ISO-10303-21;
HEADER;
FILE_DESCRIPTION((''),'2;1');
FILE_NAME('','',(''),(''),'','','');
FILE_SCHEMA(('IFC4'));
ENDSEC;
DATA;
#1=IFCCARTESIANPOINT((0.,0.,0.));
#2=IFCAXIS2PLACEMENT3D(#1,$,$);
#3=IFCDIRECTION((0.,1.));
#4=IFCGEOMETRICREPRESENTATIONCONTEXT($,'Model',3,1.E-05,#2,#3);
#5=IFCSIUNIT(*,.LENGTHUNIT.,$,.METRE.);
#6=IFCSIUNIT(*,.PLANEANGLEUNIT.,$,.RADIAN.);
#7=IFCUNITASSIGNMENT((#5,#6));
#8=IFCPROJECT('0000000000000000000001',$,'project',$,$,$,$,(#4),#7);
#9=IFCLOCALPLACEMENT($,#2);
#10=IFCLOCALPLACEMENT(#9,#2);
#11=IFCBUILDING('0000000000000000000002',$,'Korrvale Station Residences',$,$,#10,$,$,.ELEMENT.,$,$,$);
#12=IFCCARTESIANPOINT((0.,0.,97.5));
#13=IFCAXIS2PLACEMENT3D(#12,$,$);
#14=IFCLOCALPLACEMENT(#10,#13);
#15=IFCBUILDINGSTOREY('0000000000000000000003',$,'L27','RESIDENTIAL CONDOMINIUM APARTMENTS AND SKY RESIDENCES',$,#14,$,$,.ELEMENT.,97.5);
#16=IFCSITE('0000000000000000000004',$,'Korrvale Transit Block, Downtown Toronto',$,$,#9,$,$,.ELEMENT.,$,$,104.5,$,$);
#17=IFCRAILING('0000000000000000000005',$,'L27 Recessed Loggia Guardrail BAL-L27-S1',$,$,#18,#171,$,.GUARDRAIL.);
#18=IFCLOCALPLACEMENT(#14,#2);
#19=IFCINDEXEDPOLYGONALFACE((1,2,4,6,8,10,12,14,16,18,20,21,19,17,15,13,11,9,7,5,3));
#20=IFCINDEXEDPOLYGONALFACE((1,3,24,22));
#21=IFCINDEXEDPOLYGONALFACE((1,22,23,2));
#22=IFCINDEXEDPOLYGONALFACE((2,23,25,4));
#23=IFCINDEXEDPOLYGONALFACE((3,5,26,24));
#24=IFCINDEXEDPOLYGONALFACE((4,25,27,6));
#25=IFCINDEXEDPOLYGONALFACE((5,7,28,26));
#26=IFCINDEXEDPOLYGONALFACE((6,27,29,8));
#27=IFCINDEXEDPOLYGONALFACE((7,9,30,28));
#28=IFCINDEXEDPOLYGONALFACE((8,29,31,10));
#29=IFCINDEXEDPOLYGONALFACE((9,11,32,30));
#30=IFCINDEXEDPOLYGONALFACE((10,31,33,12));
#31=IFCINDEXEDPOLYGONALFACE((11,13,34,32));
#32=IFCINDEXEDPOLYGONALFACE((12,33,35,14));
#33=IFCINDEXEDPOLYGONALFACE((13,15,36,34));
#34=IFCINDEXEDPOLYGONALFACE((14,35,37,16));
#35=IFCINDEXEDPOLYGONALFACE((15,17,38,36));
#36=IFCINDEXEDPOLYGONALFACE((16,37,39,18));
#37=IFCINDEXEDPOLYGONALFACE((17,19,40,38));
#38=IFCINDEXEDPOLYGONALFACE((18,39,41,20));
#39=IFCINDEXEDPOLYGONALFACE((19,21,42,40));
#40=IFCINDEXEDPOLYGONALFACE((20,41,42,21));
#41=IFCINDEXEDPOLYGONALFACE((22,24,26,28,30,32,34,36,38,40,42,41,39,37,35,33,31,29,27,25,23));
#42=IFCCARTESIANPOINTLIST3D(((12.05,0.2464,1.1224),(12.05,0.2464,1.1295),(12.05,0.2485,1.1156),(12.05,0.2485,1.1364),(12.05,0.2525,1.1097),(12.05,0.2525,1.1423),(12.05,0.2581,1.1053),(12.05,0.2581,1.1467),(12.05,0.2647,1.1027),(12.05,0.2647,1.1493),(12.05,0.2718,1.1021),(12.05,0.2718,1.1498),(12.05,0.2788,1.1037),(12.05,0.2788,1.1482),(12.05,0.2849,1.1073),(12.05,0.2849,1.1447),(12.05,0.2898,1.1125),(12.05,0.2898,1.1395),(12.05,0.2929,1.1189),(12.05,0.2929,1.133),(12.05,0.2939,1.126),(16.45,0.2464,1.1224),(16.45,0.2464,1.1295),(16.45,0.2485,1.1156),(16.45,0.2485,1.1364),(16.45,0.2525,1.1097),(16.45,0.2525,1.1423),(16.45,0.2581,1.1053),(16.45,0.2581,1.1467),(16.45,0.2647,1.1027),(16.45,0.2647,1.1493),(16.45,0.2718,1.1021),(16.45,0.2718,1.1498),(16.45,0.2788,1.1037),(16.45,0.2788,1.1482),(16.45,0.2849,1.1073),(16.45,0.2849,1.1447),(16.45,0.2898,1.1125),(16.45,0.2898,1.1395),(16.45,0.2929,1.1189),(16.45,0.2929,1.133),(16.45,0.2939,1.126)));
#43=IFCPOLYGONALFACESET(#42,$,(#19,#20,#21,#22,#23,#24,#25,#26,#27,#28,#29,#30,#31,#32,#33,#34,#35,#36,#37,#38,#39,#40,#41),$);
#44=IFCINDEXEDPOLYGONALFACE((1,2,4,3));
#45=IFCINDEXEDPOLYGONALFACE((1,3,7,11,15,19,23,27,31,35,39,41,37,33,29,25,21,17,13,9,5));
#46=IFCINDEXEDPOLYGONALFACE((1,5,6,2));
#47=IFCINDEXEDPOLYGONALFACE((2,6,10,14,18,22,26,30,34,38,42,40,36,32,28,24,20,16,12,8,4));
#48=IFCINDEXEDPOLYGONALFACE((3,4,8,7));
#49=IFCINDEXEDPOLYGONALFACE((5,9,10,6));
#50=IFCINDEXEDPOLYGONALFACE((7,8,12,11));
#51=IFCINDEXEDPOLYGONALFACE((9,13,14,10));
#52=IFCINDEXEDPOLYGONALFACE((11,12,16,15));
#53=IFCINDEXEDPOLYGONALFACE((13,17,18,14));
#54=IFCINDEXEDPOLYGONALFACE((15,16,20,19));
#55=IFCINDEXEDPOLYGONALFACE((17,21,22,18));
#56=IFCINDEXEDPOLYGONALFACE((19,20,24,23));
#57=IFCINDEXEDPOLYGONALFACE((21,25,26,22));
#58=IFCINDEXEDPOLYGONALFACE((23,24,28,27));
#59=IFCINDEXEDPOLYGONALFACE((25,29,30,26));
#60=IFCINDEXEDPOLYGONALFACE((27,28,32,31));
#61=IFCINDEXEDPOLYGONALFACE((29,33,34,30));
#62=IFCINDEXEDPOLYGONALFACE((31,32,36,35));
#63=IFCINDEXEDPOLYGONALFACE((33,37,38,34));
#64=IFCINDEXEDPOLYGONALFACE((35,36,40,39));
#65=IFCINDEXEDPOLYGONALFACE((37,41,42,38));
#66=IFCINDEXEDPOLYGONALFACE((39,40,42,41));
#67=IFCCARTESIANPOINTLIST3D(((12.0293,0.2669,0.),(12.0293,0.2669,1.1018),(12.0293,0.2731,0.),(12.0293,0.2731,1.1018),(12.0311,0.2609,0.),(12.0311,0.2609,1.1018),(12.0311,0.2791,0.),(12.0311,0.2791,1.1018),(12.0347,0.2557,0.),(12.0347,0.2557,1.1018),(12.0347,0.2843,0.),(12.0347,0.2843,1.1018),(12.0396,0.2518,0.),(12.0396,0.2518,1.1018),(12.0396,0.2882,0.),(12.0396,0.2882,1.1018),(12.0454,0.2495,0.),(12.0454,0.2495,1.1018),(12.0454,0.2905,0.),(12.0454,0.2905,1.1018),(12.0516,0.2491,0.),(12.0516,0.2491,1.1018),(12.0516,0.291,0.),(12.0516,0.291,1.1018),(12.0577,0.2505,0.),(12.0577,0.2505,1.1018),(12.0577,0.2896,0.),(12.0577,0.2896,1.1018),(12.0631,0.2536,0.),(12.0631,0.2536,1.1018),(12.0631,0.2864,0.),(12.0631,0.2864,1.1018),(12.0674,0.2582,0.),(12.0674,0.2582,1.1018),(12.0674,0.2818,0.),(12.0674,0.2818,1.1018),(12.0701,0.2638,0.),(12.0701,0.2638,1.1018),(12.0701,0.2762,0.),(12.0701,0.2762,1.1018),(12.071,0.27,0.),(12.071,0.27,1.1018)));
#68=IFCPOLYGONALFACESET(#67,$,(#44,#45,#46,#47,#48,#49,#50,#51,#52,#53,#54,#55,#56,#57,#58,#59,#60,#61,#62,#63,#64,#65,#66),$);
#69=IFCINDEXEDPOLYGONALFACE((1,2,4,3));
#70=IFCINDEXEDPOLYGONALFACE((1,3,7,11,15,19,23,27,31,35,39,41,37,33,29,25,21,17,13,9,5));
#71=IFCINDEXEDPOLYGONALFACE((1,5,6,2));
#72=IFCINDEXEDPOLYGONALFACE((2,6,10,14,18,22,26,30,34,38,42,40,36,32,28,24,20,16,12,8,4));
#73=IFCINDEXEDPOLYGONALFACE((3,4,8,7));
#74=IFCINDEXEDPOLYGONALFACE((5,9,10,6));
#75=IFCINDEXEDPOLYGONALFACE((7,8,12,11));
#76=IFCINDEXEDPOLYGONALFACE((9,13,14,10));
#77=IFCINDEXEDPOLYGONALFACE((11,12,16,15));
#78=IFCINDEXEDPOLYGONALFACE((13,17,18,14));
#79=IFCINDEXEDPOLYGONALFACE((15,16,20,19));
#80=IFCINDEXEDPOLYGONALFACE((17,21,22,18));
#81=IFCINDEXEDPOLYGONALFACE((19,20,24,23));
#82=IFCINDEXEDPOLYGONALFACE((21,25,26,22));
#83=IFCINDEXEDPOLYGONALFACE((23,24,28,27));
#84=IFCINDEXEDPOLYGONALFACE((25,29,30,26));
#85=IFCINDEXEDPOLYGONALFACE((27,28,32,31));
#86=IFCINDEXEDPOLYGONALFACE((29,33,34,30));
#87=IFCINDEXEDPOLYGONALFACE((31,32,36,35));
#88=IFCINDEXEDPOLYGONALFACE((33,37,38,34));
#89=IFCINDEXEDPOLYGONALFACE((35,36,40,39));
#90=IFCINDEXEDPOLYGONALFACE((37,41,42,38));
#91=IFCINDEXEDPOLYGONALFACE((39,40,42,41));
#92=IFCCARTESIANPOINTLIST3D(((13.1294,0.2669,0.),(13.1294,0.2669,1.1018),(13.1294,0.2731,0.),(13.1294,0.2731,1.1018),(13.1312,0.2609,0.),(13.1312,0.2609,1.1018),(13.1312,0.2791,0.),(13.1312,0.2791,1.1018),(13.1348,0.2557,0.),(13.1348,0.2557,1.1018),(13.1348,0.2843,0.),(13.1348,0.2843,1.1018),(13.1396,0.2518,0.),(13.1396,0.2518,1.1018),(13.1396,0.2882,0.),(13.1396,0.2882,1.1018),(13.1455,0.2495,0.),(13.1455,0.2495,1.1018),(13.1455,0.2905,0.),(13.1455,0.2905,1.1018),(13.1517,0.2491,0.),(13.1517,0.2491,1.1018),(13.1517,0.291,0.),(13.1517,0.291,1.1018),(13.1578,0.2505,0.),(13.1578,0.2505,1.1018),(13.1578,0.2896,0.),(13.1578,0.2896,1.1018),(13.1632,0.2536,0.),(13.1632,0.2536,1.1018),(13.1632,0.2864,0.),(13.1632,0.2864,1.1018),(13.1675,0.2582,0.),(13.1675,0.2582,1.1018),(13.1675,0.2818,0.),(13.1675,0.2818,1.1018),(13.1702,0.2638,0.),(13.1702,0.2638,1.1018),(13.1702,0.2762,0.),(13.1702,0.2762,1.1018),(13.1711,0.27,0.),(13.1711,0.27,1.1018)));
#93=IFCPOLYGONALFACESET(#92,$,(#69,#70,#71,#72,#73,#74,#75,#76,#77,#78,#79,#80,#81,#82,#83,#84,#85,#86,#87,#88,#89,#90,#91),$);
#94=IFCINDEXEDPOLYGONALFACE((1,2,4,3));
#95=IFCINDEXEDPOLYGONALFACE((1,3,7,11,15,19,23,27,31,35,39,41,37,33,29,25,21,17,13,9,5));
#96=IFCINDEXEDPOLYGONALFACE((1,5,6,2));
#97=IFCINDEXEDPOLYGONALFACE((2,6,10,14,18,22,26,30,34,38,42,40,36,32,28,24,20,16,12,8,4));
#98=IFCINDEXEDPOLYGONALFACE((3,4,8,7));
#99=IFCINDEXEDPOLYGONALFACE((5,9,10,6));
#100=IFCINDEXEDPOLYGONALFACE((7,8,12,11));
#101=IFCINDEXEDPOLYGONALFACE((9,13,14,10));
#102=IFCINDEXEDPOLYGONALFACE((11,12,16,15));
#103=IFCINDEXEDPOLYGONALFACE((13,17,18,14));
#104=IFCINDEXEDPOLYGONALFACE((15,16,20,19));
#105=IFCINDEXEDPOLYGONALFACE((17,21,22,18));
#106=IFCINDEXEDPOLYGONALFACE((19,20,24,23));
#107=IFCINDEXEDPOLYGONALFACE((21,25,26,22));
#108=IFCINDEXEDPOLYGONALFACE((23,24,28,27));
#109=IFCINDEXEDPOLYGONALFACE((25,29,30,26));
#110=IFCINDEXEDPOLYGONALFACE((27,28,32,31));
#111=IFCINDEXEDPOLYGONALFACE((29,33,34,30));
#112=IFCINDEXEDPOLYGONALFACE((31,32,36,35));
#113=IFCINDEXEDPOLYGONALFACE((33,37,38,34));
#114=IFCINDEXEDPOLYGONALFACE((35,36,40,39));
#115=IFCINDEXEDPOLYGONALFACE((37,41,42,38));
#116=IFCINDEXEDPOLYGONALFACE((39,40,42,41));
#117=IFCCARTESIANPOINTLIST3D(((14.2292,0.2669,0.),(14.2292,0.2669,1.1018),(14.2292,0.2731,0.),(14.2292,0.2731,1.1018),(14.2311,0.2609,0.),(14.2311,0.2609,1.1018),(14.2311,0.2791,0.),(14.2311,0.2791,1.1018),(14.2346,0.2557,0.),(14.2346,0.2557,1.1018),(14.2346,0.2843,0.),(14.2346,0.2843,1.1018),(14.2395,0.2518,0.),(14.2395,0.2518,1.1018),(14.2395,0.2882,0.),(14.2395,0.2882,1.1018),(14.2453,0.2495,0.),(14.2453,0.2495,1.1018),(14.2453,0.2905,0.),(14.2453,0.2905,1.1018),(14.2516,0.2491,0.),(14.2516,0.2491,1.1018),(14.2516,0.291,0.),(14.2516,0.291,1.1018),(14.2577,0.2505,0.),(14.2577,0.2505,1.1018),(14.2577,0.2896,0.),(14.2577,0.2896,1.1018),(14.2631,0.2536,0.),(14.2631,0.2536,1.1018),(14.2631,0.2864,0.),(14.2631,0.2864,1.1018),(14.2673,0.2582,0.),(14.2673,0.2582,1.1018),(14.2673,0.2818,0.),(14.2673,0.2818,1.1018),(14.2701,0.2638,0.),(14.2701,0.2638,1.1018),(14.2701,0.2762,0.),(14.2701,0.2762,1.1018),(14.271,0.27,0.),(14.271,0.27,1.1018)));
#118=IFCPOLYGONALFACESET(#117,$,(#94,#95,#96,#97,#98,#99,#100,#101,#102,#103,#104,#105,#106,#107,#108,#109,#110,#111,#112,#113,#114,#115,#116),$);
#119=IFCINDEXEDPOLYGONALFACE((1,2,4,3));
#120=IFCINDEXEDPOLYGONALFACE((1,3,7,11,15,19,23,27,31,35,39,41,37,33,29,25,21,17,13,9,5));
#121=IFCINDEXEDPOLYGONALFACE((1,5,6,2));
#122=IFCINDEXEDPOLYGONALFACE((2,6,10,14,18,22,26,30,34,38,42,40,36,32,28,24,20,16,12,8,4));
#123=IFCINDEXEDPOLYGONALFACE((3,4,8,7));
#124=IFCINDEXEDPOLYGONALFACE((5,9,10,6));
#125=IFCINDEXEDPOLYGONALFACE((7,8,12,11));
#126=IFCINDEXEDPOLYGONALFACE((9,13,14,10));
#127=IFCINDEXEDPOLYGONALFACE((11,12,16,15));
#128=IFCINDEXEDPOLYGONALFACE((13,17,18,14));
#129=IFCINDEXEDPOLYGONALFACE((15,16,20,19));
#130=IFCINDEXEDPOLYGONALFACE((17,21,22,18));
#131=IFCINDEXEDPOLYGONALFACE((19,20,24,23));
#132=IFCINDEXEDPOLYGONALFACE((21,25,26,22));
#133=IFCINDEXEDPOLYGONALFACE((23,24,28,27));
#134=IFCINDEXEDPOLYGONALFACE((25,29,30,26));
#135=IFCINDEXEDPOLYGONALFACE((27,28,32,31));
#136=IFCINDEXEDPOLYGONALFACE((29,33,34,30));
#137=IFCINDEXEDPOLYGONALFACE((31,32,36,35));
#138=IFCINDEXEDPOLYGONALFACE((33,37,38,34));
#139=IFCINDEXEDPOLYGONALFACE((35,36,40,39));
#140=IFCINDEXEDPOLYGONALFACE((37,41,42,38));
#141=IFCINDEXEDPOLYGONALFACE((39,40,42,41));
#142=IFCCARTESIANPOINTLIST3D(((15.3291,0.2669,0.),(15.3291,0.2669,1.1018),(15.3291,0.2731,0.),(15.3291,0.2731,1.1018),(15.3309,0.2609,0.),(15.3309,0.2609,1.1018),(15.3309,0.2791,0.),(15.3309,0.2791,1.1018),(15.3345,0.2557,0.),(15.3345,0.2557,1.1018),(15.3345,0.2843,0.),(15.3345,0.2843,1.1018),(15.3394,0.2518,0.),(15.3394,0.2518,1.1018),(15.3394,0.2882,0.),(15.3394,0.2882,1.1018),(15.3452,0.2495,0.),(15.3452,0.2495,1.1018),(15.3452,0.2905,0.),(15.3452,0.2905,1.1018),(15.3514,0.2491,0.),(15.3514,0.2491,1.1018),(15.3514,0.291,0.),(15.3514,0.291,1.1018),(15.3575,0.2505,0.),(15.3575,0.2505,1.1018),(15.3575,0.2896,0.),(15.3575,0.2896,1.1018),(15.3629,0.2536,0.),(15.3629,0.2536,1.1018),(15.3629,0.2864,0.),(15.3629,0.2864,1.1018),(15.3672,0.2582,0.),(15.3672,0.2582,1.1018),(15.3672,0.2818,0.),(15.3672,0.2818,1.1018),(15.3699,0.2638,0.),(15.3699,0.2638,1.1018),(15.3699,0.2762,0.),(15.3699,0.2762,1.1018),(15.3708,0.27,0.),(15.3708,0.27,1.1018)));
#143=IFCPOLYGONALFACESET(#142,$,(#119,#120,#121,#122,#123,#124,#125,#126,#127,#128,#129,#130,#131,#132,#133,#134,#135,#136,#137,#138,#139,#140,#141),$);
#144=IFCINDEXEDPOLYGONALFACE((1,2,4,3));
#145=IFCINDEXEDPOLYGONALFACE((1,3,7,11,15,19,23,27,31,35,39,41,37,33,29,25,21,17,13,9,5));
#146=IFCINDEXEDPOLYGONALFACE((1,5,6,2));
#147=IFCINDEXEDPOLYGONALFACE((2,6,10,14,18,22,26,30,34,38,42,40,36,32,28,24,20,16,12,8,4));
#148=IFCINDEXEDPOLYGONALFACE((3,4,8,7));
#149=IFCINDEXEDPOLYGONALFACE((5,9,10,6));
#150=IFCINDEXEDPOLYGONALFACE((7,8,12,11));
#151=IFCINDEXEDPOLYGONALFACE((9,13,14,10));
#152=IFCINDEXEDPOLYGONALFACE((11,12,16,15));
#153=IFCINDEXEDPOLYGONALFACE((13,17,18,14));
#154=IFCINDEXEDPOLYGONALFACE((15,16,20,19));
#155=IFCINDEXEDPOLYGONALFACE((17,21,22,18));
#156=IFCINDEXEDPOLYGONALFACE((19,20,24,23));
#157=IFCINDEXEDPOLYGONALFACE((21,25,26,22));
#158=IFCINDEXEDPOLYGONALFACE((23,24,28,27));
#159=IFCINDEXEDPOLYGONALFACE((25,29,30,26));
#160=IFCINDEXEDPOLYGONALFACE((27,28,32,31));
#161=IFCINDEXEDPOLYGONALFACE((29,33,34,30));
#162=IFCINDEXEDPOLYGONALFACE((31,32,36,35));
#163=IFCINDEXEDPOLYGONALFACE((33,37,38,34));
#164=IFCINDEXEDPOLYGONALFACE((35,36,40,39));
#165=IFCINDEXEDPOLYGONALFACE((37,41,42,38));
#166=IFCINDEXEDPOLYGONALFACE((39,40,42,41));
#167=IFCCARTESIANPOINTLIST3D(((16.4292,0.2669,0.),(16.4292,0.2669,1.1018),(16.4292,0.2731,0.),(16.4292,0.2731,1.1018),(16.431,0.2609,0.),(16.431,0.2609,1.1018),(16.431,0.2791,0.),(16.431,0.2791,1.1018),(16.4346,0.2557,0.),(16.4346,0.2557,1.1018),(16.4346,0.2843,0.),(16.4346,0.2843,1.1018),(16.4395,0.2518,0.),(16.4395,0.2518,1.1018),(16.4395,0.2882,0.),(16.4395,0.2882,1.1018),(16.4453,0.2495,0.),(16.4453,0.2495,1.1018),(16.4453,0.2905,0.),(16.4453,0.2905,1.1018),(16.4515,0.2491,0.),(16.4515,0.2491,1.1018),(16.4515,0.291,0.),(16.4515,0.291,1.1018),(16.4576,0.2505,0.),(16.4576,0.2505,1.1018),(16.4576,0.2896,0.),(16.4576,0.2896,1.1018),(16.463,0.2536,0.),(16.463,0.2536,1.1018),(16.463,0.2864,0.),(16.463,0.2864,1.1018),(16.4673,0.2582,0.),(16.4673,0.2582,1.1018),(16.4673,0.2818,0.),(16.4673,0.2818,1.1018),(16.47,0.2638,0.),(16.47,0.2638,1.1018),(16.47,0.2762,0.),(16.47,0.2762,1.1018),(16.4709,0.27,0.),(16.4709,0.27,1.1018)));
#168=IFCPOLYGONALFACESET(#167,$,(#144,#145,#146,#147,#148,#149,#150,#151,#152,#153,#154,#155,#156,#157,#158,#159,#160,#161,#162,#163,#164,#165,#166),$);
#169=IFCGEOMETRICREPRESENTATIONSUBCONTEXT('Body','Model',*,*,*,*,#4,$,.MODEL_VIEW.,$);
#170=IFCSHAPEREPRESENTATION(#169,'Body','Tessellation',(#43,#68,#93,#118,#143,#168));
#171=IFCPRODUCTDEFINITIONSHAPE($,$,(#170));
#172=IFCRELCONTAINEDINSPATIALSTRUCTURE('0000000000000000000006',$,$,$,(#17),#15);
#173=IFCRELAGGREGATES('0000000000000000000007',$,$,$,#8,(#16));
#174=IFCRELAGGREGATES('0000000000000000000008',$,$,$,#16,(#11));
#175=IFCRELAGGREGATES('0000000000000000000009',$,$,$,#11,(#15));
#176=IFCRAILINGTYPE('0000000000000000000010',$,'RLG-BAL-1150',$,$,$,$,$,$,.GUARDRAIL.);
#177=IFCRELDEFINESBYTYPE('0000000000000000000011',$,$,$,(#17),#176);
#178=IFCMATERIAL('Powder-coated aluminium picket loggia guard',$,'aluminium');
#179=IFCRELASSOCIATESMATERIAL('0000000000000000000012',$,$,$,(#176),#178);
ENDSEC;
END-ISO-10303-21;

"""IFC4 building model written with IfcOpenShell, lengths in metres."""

from ifc_helpers import new_model, si_unit, direction, frame, origin, origin_2d, place, context, subcontext, project, spatial, circle, extrude, material, type_object, element, save


model = new_model("IFC4")

# Units and contexts
model_context = context("Model", 3, precision=1e-05, world=origin(), true_north=direction((0.0, 1.0)))
body_context = subcontext(model_context, "Body", "Model", "MODEL_VIEW")
ifc_project = project(units=[si_unit("LENGTHUNIT", "METRE"), si_unit("PLANEANGLEUNIT", "RADIAN")], contexts=[model_context])

# Site, building, storey
site_placement = place(None, origin())
site = spatial("IfcSite", under=ifc_project, at=site_placement, Name="Korrvale Transit Block, Downtown Toronto", CompositionType="ELEMENT", RefElevation=104.5)
building_placement = place(site_placement, origin())
building = spatial("IfcBuilding", under=site, at=building_placement, Name="Korrvale Station Residences", CompositionType="ELEMENT")
storey_placement = place(building_placement, frame((0.0, 0.0, 97.5)))
storey = spatial("IfcBuildingStorey", under=building, at=storey_placement, Name="L27", Description="RESIDENTIAL CONDOMINIUM APARTMENTS AND SKY RESIDENCES", CompositionType="ELEMENT", Elevation=97.5)

# Railing
ifc_material_1 = material(Name="Powder-coated aluminium picket loggia guard", Category="aluminium")
railing_type = type_object("IfcRailingType", Name="RLG-BAL-1150", PredefinedType="GUARDRAIL", material=ifc_material_1)
railing_placement = place(storey_placement, frame((12.05, 0.27, 0.0)))
element("IfcRailing", 1, at=railing_placement, inside=storey, type_object=railing_type, Name="L27 Recessed Loggia Guardrail BAL-L27-S1", PredefinedType="GUARDRAIL", context=body_context, shape_type="SweptSolid", body=[
    extrude(circle(Radius=0.0239, at=origin_2d()), frame((0.0, 0.0, 1.126), z_axis=(1.0, 0.0, 0.0), x_axis=(0.0, 1.0, 0.0)), (0.0, 0.0, 1.0), 4.3999),
    extrude(circle(Radius=0.021, at=origin_2d()), origin(), (0.0, 0.0, 1.0), 1.1018),
    extrude(circle(Radius=0.021, at=origin_2d()), frame((1.1001, 0.0, 0.0)), (0.0, 0.0, 1.0), 1.1018),
    extrude(circle(Radius=0.021, at=origin_2d()), frame((2.2, 0.0, 0.0)), (0.0, 0.0, 1.0), 1.1018),
    extrude(circle(Radius=0.021, at=origin_2d()), frame((3.2998, 0.0, 0.0)), (0.0, 0.0, 1.0), 1.1018),
    extrude(circle(Radius=0.021, at=origin_2d()), frame((4.3999, 0.0, 0.0)), (0.0, 0.0, 1.0), 1.1018),
])

save(model, "model.ifc")
